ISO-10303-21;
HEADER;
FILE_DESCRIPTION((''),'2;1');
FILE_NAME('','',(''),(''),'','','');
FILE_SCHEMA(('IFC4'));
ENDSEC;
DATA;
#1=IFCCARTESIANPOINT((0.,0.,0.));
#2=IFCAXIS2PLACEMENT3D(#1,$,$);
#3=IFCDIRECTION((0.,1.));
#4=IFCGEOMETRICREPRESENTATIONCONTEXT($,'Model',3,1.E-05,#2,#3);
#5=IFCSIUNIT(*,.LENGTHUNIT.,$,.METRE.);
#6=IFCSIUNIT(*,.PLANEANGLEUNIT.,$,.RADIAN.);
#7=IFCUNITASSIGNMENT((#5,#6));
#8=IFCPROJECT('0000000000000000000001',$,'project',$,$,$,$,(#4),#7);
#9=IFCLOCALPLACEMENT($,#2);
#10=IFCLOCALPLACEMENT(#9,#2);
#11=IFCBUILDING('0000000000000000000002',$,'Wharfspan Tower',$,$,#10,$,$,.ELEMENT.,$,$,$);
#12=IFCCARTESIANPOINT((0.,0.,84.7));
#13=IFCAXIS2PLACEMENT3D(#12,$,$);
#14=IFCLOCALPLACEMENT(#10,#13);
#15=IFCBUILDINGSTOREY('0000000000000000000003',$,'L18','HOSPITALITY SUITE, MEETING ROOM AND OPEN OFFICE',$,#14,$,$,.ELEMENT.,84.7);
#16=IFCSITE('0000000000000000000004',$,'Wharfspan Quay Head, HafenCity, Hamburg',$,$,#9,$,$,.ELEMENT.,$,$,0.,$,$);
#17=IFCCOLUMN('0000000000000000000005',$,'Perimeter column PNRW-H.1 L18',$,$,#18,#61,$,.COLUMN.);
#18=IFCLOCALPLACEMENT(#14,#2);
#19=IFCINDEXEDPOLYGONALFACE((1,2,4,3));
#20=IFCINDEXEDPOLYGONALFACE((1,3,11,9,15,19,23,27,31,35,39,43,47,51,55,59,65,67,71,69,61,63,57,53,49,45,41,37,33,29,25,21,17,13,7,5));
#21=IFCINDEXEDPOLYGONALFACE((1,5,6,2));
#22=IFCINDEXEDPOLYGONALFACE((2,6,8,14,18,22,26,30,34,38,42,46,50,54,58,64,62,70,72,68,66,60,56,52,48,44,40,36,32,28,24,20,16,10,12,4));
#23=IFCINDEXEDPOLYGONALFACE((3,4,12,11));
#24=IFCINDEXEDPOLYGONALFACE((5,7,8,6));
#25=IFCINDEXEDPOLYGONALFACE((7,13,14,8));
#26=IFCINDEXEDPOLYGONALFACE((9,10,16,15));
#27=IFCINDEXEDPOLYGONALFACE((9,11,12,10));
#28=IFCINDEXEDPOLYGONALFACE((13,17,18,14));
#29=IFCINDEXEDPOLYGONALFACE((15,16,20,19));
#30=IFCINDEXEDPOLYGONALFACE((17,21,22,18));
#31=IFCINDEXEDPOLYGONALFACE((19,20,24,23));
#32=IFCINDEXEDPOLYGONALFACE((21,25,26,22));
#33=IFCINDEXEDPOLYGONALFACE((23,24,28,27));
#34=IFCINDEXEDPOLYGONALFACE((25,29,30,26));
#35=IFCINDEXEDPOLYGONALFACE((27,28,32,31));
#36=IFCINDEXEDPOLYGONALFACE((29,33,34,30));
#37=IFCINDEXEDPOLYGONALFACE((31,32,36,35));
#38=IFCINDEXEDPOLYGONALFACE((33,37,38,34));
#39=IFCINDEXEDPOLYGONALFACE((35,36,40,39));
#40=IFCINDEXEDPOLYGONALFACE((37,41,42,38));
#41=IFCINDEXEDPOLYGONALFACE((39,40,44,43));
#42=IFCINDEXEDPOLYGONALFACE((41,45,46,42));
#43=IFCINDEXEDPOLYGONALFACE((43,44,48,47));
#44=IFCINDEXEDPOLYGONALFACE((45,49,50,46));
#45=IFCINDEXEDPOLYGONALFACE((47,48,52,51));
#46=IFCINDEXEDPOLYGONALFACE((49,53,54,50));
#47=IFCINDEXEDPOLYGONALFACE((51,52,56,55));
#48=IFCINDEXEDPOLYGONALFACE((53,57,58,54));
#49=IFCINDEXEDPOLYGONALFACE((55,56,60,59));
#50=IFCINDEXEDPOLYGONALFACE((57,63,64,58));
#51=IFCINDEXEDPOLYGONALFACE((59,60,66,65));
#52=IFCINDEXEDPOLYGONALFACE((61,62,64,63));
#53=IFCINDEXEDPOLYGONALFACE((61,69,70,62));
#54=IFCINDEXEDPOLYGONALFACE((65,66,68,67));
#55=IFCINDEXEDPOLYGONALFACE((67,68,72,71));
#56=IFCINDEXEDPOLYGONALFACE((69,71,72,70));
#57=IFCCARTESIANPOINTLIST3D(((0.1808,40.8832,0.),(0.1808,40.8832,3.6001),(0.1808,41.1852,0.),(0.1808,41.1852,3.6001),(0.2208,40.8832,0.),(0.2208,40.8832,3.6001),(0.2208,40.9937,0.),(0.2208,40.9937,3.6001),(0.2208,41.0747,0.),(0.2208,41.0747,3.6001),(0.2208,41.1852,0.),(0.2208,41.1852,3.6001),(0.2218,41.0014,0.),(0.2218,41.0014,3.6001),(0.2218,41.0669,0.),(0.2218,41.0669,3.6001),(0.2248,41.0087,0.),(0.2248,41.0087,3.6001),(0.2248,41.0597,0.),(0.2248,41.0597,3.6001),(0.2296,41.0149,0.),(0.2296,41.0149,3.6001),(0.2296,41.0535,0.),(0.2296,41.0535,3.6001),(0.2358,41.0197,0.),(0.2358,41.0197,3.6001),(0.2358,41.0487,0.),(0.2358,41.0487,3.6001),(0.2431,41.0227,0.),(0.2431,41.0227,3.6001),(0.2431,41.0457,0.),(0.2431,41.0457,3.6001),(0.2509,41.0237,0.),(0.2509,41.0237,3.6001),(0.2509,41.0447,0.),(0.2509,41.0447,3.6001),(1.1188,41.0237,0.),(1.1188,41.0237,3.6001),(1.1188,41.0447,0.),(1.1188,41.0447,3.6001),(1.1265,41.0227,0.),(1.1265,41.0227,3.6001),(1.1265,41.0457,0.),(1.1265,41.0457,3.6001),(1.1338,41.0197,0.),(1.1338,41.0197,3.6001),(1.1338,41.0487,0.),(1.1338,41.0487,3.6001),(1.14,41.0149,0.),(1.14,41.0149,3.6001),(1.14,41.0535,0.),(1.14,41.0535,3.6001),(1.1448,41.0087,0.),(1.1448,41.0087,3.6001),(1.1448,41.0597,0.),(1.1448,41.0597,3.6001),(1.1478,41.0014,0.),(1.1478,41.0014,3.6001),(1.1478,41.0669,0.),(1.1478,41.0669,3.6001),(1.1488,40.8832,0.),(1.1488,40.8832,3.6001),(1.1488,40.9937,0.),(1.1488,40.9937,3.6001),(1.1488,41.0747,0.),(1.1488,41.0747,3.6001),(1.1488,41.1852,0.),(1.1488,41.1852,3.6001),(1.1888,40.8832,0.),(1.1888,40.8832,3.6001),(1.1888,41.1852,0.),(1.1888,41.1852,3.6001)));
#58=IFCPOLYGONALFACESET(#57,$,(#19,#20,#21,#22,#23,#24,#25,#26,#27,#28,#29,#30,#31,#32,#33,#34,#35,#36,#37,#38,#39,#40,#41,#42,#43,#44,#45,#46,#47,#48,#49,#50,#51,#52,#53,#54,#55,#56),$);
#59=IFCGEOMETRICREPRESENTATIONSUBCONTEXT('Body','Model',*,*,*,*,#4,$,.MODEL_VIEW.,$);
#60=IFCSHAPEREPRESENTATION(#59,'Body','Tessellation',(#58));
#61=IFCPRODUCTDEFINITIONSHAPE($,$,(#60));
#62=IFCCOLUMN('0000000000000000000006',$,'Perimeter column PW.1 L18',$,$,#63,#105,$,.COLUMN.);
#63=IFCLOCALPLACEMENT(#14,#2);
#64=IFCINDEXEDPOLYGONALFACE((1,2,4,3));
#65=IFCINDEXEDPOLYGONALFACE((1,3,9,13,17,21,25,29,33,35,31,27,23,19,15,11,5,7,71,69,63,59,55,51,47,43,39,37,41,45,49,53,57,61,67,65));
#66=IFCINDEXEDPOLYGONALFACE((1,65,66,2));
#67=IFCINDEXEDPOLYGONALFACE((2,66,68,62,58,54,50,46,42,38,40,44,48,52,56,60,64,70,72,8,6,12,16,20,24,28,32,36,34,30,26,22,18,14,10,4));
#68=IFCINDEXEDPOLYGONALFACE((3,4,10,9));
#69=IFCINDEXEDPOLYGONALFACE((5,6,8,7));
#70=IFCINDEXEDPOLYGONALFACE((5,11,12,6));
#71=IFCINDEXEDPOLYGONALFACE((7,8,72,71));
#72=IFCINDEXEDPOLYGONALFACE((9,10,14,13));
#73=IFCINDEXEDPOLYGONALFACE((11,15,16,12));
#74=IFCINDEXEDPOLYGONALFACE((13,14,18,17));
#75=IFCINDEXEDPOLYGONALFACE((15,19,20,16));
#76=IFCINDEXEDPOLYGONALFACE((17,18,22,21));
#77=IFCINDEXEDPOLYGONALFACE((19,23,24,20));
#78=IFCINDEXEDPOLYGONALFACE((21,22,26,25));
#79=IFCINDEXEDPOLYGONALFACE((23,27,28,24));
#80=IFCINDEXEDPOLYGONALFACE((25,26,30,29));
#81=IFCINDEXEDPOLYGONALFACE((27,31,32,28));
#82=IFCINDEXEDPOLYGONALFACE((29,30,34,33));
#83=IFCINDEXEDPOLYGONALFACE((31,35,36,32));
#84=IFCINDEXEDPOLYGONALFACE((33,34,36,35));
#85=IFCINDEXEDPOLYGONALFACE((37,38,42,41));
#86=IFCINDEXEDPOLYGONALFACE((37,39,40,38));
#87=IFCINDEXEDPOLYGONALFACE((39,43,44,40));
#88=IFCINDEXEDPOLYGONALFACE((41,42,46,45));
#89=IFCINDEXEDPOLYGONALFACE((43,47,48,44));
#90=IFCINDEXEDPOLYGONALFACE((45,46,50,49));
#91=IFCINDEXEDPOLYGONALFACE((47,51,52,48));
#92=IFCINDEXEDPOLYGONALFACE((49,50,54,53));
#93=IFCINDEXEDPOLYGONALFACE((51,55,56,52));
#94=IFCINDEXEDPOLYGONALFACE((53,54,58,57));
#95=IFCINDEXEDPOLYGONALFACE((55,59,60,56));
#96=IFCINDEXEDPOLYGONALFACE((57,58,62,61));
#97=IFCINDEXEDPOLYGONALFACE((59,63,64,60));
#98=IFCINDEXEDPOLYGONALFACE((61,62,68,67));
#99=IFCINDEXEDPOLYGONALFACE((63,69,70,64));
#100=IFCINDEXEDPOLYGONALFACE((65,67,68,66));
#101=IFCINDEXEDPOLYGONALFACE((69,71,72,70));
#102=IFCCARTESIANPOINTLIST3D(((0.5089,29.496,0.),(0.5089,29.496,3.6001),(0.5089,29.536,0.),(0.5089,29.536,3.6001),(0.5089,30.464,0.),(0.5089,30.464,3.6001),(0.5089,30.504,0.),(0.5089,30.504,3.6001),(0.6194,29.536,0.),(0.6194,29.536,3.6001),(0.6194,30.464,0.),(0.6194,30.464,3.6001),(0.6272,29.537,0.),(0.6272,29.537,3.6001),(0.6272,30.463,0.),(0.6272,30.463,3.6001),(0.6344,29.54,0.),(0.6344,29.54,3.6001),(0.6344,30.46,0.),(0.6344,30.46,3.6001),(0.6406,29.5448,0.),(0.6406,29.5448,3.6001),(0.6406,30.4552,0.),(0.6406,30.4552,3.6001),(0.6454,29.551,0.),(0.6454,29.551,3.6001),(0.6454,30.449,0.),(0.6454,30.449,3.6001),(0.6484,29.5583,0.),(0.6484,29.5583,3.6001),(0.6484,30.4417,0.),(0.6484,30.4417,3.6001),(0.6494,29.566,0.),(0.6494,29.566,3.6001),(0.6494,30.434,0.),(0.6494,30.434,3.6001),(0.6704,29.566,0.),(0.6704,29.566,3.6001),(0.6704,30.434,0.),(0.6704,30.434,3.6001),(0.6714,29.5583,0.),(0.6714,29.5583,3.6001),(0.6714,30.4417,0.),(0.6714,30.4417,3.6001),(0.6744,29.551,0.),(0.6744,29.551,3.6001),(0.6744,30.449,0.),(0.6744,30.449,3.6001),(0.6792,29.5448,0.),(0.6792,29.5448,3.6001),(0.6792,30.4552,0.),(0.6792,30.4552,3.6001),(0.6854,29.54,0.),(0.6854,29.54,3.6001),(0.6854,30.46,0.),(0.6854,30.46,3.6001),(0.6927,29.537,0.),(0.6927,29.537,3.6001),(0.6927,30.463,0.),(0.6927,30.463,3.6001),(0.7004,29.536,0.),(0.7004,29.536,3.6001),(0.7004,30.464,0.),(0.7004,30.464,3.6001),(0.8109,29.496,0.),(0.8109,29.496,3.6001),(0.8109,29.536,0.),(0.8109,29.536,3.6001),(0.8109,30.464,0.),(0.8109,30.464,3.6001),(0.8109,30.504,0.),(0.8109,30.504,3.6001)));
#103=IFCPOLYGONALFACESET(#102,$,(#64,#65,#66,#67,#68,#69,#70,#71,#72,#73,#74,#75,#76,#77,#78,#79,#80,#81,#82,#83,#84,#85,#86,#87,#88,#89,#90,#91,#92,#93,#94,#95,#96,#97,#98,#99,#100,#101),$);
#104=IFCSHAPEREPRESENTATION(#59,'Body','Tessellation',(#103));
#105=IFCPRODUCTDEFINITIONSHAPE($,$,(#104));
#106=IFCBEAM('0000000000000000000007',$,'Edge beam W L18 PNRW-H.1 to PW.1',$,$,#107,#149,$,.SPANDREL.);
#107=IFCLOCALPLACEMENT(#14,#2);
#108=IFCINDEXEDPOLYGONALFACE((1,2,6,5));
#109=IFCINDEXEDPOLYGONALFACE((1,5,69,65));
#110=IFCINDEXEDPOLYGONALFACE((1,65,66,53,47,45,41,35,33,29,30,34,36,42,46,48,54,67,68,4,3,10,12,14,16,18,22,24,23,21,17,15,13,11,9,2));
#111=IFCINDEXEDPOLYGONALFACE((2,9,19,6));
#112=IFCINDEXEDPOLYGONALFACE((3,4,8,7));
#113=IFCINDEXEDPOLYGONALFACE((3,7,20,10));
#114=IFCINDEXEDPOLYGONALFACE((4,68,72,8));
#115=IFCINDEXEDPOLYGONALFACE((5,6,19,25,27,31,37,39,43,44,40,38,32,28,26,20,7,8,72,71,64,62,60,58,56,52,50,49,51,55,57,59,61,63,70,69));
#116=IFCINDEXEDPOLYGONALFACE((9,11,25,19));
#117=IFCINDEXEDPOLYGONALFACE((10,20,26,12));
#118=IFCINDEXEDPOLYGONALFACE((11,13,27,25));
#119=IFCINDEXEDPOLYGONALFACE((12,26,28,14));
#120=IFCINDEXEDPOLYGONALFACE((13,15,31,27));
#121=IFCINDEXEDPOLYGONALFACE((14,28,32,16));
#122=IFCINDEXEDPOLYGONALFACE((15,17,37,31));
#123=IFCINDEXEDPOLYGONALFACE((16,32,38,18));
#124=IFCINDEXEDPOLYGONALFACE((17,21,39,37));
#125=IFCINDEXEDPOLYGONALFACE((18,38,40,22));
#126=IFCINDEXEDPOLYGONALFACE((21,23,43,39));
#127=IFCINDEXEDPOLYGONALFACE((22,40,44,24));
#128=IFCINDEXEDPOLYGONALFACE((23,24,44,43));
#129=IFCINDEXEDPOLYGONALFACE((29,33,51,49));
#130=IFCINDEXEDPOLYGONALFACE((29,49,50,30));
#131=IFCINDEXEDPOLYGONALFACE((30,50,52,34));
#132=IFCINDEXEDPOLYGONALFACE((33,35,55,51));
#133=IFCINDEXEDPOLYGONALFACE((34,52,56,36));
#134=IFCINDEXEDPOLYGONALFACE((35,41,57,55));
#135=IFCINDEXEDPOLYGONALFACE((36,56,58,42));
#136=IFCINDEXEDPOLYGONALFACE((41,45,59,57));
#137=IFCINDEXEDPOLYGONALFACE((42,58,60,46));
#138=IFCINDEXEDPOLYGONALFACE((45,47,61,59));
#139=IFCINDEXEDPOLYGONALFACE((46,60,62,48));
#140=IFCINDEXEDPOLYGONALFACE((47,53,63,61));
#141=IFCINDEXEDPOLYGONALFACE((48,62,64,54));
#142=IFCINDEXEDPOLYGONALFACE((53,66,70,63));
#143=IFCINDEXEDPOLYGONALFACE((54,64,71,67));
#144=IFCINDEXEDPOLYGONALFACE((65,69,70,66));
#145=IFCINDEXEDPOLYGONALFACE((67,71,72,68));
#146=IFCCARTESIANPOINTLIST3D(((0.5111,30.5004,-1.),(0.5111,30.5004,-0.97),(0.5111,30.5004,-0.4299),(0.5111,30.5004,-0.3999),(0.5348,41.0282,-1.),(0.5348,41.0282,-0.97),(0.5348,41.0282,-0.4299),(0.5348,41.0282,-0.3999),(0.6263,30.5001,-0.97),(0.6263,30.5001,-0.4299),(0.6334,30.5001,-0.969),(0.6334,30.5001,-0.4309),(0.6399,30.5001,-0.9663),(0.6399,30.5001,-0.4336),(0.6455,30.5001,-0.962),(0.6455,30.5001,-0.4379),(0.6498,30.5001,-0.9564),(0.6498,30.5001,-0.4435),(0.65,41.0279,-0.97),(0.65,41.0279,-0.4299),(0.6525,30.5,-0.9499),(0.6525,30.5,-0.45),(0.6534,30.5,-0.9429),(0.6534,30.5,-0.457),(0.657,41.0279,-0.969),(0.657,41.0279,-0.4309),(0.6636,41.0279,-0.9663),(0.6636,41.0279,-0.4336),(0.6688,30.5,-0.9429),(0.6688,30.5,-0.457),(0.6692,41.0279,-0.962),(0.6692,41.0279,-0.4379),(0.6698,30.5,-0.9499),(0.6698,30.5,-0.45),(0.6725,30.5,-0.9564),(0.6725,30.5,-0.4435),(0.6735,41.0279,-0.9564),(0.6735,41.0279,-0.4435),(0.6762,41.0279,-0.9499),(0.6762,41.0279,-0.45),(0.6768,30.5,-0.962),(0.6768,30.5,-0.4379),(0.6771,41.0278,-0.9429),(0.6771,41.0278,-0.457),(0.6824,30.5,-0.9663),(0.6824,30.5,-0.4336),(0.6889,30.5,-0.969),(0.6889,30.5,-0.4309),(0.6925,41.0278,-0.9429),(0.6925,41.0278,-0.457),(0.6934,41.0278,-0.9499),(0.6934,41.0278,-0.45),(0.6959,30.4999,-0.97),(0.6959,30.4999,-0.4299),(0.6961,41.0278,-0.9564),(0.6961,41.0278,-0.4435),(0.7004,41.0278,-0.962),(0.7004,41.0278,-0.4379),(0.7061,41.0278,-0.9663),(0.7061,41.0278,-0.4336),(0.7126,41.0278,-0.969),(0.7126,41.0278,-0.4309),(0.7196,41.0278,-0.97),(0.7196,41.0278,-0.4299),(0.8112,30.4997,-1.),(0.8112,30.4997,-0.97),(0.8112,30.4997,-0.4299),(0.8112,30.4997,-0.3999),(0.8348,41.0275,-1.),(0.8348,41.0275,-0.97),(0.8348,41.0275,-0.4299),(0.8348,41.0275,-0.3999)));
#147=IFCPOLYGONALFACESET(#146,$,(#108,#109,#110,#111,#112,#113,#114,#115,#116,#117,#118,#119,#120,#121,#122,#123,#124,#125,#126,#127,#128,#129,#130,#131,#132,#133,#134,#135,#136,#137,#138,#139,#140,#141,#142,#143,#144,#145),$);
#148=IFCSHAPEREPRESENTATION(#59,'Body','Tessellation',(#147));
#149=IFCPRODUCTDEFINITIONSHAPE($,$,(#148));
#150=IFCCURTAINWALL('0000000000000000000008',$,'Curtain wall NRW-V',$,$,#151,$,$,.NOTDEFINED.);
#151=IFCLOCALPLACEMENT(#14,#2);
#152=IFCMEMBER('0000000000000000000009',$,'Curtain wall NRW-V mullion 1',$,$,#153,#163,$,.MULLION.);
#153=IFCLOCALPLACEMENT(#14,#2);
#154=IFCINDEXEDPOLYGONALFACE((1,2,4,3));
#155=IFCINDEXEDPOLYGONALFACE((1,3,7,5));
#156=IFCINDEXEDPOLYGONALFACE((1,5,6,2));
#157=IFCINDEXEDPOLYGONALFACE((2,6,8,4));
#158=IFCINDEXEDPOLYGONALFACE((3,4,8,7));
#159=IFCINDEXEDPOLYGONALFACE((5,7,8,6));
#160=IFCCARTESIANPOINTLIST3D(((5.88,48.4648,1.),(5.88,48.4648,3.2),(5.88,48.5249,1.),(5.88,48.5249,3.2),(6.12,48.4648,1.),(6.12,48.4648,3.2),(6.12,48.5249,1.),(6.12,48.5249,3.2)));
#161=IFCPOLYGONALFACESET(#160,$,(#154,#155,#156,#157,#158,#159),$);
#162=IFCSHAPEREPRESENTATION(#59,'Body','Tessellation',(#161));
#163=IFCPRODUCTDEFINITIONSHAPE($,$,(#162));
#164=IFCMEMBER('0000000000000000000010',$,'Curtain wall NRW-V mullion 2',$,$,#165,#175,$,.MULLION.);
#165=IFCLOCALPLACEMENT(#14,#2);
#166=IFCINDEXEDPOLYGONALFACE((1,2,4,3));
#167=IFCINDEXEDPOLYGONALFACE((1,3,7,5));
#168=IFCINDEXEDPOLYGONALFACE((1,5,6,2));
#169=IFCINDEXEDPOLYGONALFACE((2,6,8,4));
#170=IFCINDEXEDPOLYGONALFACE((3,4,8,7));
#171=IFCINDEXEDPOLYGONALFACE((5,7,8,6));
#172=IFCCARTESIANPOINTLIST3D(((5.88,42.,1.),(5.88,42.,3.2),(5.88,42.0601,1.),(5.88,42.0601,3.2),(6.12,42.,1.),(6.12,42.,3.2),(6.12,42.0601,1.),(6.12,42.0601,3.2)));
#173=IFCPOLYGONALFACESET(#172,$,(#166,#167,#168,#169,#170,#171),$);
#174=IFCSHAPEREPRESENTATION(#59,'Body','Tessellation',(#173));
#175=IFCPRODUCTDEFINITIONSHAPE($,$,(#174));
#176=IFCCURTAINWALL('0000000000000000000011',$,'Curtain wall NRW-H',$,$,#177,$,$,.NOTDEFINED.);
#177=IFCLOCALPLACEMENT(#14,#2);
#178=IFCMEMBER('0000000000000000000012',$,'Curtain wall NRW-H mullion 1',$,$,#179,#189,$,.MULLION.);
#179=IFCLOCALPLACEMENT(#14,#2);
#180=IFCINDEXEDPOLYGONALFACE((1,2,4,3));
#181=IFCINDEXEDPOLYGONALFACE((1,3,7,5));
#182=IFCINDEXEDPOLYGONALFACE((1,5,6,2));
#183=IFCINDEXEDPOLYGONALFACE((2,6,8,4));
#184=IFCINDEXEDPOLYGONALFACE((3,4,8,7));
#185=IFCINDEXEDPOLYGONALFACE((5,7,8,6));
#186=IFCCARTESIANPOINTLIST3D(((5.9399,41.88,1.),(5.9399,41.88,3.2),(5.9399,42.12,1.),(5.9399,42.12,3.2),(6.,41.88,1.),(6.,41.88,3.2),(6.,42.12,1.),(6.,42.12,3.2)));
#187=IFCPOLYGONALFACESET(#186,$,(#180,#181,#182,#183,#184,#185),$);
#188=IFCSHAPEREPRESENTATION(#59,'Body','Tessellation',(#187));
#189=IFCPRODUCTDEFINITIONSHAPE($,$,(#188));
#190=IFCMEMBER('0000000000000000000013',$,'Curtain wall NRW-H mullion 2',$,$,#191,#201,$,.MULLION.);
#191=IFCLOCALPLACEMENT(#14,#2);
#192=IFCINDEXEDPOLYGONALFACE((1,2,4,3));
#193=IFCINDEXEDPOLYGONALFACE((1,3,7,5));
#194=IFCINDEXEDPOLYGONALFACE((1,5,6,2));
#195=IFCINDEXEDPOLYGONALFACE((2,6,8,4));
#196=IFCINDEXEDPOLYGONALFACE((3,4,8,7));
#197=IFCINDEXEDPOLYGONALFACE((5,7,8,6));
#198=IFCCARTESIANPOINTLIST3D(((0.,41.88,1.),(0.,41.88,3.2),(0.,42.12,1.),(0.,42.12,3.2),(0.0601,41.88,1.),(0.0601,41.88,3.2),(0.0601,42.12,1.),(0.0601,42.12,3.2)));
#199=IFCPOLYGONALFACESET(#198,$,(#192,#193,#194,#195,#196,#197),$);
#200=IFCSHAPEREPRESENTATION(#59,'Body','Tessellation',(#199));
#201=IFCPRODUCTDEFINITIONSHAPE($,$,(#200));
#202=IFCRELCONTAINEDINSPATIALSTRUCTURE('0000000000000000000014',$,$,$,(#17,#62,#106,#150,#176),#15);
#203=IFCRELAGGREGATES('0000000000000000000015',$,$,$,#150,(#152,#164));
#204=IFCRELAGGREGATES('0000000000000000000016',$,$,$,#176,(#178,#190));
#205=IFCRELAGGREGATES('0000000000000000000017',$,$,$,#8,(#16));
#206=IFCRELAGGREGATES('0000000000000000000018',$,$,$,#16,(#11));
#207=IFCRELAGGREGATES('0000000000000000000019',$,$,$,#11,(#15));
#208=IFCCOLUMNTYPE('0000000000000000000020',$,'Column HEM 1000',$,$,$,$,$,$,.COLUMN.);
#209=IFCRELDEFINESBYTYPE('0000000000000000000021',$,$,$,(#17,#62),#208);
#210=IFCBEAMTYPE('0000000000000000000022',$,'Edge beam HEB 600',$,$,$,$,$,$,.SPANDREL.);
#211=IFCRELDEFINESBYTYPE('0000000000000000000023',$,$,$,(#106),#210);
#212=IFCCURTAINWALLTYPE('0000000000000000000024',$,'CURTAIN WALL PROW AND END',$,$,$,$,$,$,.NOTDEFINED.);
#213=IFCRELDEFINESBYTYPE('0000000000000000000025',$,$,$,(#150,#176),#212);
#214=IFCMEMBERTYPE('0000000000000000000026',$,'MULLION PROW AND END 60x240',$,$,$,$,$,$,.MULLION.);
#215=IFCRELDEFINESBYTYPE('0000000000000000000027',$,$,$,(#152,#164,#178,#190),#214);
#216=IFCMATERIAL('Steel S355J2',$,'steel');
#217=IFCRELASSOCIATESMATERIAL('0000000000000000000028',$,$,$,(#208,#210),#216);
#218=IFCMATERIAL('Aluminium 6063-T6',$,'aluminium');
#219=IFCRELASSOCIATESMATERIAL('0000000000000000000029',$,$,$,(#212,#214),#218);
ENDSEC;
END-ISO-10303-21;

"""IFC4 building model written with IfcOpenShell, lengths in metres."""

from ifc_helpers import new_model, si_unit, direction, frame, origin, origin_2d, place, context, subcontext, project, spatial, rectangle, i_section, extrude, material, material_profile, profile_set, type_object, element, aggregate, save


model = new_model("IFC4")

# Units and contexts
model_context = context("Model", 3, precision=1e-05, world=origin(), true_north=direction((0.0, 1.0)))
body_context = subcontext(model_context, "Body", "Model", "MODEL_VIEW")
ifc_project = project(units=[si_unit("LENGTHUNIT", "METRE"), si_unit("PLANEANGLEUNIT", "RADIAN")], contexts=[model_context])

# Site, building, storey
site_placement = place(None, origin())
site = spatial("IfcSite", under=ifc_project, at=site_placement, Name="Wharfspan Quay Head, HafenCity, Hamburg", CompositionType="ELEMENT", RefElevation=0.0)
building_placement = place(site_placement, origin())
building = spatial("IfcBuilding", under=site, at=building_placement, Name="Wharfspan Tower", CompositionType="ELEMENT")
storey_placement = place(building_placement, frame((0.0, 0.0, 84.7)))
storey = spatial("IfcBuildingStorey", under=building, at=storey_placement, Name="L18", Description="HOSPITALITY SUITE, MEETING ROOM AND OPEN OFFICE", CompositionType="ELEMENT", Elevation=84.7)

# Columns
ifc_material_1 = material(Name="Steel S355J2", Category="steel")
ifc_material_profile_1 = material_profile(ifc_material_1, i_section(OverallWidth=0.302, OverallDepth=1.0081, WebThickness=0.021, FlangeThickness=0.04, FilletRadius=0.03, at=origin_2d()))
ifc_profile_set_1 = profile_set([ifc_material_profile_1], Name="Steel S355J2")
column_type = type_object("IfcColumnType", Name="Column HEM 1000", PredefinedType="COLUMN", material=ifc_profile_set_1)
for number, where, z_axis, x_axis, name in (
    (1, (0.6848, 41.0342, 0.0), (0.0, 0.0, 1.0), (0.0, 1.0, 0.0), "Perimeter column PNRW-H.1 L18"),
    (2, (0.6599, 30.0, 0.0), (0.0, 0.0, 1.0), (-1.0, 0.0, 0.0), "Perimeter column PW.1 L18"),
):
    element("IfcColumn", number, at=place(storey_placement, frame(where, z_axis=z_axis, x_axis=x_axis)), inside=storey, type_object=column_type, Name=name, PredefinedType="COLUMN", context=body_context, shape_type="SweptSolid", body=[
        extrude(i_section(OverallWidth=0.302, OverallDepth=1.0081, WebThickness=0.021, FlangeThickness=0.04, FilletRadius=0.03, at=origin_2d()), origin(), (0.0, 0.0, 1.0), 3.6001),
    ])

# Beam
ifc_material_profile_2 = material_profile(ifc_material_1, i_section(OverallWidth=0.3, OverallDepth=0.6001, WebThickness=0.0154, FlangeThickness=0.03, FilletRadius=0.0271, at=origin_2d()))
ifc_profile_set_2 = profile_set([ifc_material_profile_2], Name="Steel S355J2")
beam_type = type_object("IfcBeamType", Name="Edge beam HEB 600", PredefinedType="SPANDREL", material=ifc_profile_set_2)
beam_placement = place(storey_placement, frame((0.6848, 41.0278, -0.7), z_axis=(-0.002249, -0.999997, 0.0), x_axis=(0.999997, -0.002249, 0.0)))
element("IfcBeam", 3, at=beam_placement, inside=storey, type_object=beam_type, Name="Edge beam W L18 PNRW-H.1 to PW.1", PredefinedType="SPANDREL", context=body_context, shape_type="SweptSolid", body=[
    extrude(i_section(OverallWidth=0.3, OverallDepth=0.6001, WebThickness=0.0154, FlangeThickness=0.03, FilletRadius=0.0271, at=origin_2d()), origin(), (0.0, 0.0, 1.0), 10.5278),
])

# Curtain walls, members
ifc_material_2 = material(Name="Aluminium 6063-T6", Category="aluminium")
curtain_wall_type = type_object("IfcCurtainWallType", Name="CURTAIN WALL PROW AND END", PredefinedType="NOTDEFINED", material=ifc_material_2)
curtain_wall_1_placement = place(storey_placement, origin())
curtain_wall_1 = element("IfcCurtainWall", 4, at=curtain_wall_1_placement, inside=storey, type_object=curtain_wall_type, Name="Curtain wall NRW-V", PredefinedType="NOTDEFINED")
ifc_material_profile_3 = material_profile(ifc_material_2, rectangle(XDim=0.24, YDim=0.0601, at=origin_2d()))
ifc_profile_set_3 = profile_set([ifc_material_profile_3], Name="Aluminium 6063-T6")
member_type_1 = type_object("IfcMemberType", Name="MULLION PROW AND END 60x240", PredefinedType="MULLION", material=ifc_profile_set_3)
member_1_placement = place(storey_placement, frame((6.0, 48.4949, 1.0), z_axis=(0.0, 0.0, 1.0), x_axis=(1.0, 0.0, 0.0)))
member_1 = element("IfcMember", 5, at=member_1_placement, type_object=member_type_1, Name="Curtain wall NRW-V mullion 1", PredefinedType="MULLION", context=body_context, shape_type="SweptSolid", body=[
    extrude(rectangle(XDim=0.24, YDim=0.0601, at=origin_2d()), origin(), (0.0, 0.0, 1.0), 2.2),
])
member_2_placement = place(storey_placement, frame((6.0, 42.03, 1.0), z_axis=(0.0, 0.0, 1.0), x_axis=(1.0, 0.0, 0.0)))
member_2 = element("IfcMember", 6, at=member_2_placement, type_object=member_type_1, Name="Curtain wall NRW-V mullion 2", PredefinedType="MULLION", context=body_context, shape_type="SweptSolid", body=[
    extrude(rectangle(XDim=0.24, YDim=0.0601, at=origin_2d()), origin(), (0.0, 0.0, 1.0), 2.2),
])
curtain_wall_2_placement = place(storey_placement, origin())
curtain_wall_2 = element("IfcCurtainWall", 7, at=curtain_wall_2_placement, inside=storey, type_object=curtain_wall_type, Name="Curtain wall NRW-H", PredefinedType="NOTDEFINED")
member_3_placement = place(storey_placement, frame((5.97, 42.0, 1.0), z_axis=(0.0, 0.0, 1.0), x_axis=(0.0, -1.0, 0.0)))
member_3 = element("IfcMember", 8, at=member_3_placement, type_object=member_type_1, Name="Curtain wall NRW-H mullion 1", PredefinedType="MULLION", context=body_context, shape_type="SweptSolid", body=[
    extrude(rectangle(XDim=0.24, YDim=0.0601, at=origin_2d()), origin(), (0.0, 0.0, 1.0), 2.2),
])
member_4_placement = place(storey_placement, frame((0.03, 42.0, 1.0), z_axis=(0.0, 0.0, 1.0), x_axis=(0.0, -1.0, 0.0)))
member_4 = element("IfcMember", 9, at=member_4_placement, type_object=member_type_1, Name="Curtain wall NRW-H mullion 2", PredefinedType="MULLION", context=body_context, shape_type="SweptSolid", body=[
    extrude(rectangle(XDim=0.24, YDim=0.0601, at=origin_2d()), origin(), (0.0, 0.0, 1.0), 2.2),
])

aggregate(curtain_wall_1, [member_1, member_2])
aggregate(curtain_wall_2, [member_3, member_4])

save(model, "model.ifc")
